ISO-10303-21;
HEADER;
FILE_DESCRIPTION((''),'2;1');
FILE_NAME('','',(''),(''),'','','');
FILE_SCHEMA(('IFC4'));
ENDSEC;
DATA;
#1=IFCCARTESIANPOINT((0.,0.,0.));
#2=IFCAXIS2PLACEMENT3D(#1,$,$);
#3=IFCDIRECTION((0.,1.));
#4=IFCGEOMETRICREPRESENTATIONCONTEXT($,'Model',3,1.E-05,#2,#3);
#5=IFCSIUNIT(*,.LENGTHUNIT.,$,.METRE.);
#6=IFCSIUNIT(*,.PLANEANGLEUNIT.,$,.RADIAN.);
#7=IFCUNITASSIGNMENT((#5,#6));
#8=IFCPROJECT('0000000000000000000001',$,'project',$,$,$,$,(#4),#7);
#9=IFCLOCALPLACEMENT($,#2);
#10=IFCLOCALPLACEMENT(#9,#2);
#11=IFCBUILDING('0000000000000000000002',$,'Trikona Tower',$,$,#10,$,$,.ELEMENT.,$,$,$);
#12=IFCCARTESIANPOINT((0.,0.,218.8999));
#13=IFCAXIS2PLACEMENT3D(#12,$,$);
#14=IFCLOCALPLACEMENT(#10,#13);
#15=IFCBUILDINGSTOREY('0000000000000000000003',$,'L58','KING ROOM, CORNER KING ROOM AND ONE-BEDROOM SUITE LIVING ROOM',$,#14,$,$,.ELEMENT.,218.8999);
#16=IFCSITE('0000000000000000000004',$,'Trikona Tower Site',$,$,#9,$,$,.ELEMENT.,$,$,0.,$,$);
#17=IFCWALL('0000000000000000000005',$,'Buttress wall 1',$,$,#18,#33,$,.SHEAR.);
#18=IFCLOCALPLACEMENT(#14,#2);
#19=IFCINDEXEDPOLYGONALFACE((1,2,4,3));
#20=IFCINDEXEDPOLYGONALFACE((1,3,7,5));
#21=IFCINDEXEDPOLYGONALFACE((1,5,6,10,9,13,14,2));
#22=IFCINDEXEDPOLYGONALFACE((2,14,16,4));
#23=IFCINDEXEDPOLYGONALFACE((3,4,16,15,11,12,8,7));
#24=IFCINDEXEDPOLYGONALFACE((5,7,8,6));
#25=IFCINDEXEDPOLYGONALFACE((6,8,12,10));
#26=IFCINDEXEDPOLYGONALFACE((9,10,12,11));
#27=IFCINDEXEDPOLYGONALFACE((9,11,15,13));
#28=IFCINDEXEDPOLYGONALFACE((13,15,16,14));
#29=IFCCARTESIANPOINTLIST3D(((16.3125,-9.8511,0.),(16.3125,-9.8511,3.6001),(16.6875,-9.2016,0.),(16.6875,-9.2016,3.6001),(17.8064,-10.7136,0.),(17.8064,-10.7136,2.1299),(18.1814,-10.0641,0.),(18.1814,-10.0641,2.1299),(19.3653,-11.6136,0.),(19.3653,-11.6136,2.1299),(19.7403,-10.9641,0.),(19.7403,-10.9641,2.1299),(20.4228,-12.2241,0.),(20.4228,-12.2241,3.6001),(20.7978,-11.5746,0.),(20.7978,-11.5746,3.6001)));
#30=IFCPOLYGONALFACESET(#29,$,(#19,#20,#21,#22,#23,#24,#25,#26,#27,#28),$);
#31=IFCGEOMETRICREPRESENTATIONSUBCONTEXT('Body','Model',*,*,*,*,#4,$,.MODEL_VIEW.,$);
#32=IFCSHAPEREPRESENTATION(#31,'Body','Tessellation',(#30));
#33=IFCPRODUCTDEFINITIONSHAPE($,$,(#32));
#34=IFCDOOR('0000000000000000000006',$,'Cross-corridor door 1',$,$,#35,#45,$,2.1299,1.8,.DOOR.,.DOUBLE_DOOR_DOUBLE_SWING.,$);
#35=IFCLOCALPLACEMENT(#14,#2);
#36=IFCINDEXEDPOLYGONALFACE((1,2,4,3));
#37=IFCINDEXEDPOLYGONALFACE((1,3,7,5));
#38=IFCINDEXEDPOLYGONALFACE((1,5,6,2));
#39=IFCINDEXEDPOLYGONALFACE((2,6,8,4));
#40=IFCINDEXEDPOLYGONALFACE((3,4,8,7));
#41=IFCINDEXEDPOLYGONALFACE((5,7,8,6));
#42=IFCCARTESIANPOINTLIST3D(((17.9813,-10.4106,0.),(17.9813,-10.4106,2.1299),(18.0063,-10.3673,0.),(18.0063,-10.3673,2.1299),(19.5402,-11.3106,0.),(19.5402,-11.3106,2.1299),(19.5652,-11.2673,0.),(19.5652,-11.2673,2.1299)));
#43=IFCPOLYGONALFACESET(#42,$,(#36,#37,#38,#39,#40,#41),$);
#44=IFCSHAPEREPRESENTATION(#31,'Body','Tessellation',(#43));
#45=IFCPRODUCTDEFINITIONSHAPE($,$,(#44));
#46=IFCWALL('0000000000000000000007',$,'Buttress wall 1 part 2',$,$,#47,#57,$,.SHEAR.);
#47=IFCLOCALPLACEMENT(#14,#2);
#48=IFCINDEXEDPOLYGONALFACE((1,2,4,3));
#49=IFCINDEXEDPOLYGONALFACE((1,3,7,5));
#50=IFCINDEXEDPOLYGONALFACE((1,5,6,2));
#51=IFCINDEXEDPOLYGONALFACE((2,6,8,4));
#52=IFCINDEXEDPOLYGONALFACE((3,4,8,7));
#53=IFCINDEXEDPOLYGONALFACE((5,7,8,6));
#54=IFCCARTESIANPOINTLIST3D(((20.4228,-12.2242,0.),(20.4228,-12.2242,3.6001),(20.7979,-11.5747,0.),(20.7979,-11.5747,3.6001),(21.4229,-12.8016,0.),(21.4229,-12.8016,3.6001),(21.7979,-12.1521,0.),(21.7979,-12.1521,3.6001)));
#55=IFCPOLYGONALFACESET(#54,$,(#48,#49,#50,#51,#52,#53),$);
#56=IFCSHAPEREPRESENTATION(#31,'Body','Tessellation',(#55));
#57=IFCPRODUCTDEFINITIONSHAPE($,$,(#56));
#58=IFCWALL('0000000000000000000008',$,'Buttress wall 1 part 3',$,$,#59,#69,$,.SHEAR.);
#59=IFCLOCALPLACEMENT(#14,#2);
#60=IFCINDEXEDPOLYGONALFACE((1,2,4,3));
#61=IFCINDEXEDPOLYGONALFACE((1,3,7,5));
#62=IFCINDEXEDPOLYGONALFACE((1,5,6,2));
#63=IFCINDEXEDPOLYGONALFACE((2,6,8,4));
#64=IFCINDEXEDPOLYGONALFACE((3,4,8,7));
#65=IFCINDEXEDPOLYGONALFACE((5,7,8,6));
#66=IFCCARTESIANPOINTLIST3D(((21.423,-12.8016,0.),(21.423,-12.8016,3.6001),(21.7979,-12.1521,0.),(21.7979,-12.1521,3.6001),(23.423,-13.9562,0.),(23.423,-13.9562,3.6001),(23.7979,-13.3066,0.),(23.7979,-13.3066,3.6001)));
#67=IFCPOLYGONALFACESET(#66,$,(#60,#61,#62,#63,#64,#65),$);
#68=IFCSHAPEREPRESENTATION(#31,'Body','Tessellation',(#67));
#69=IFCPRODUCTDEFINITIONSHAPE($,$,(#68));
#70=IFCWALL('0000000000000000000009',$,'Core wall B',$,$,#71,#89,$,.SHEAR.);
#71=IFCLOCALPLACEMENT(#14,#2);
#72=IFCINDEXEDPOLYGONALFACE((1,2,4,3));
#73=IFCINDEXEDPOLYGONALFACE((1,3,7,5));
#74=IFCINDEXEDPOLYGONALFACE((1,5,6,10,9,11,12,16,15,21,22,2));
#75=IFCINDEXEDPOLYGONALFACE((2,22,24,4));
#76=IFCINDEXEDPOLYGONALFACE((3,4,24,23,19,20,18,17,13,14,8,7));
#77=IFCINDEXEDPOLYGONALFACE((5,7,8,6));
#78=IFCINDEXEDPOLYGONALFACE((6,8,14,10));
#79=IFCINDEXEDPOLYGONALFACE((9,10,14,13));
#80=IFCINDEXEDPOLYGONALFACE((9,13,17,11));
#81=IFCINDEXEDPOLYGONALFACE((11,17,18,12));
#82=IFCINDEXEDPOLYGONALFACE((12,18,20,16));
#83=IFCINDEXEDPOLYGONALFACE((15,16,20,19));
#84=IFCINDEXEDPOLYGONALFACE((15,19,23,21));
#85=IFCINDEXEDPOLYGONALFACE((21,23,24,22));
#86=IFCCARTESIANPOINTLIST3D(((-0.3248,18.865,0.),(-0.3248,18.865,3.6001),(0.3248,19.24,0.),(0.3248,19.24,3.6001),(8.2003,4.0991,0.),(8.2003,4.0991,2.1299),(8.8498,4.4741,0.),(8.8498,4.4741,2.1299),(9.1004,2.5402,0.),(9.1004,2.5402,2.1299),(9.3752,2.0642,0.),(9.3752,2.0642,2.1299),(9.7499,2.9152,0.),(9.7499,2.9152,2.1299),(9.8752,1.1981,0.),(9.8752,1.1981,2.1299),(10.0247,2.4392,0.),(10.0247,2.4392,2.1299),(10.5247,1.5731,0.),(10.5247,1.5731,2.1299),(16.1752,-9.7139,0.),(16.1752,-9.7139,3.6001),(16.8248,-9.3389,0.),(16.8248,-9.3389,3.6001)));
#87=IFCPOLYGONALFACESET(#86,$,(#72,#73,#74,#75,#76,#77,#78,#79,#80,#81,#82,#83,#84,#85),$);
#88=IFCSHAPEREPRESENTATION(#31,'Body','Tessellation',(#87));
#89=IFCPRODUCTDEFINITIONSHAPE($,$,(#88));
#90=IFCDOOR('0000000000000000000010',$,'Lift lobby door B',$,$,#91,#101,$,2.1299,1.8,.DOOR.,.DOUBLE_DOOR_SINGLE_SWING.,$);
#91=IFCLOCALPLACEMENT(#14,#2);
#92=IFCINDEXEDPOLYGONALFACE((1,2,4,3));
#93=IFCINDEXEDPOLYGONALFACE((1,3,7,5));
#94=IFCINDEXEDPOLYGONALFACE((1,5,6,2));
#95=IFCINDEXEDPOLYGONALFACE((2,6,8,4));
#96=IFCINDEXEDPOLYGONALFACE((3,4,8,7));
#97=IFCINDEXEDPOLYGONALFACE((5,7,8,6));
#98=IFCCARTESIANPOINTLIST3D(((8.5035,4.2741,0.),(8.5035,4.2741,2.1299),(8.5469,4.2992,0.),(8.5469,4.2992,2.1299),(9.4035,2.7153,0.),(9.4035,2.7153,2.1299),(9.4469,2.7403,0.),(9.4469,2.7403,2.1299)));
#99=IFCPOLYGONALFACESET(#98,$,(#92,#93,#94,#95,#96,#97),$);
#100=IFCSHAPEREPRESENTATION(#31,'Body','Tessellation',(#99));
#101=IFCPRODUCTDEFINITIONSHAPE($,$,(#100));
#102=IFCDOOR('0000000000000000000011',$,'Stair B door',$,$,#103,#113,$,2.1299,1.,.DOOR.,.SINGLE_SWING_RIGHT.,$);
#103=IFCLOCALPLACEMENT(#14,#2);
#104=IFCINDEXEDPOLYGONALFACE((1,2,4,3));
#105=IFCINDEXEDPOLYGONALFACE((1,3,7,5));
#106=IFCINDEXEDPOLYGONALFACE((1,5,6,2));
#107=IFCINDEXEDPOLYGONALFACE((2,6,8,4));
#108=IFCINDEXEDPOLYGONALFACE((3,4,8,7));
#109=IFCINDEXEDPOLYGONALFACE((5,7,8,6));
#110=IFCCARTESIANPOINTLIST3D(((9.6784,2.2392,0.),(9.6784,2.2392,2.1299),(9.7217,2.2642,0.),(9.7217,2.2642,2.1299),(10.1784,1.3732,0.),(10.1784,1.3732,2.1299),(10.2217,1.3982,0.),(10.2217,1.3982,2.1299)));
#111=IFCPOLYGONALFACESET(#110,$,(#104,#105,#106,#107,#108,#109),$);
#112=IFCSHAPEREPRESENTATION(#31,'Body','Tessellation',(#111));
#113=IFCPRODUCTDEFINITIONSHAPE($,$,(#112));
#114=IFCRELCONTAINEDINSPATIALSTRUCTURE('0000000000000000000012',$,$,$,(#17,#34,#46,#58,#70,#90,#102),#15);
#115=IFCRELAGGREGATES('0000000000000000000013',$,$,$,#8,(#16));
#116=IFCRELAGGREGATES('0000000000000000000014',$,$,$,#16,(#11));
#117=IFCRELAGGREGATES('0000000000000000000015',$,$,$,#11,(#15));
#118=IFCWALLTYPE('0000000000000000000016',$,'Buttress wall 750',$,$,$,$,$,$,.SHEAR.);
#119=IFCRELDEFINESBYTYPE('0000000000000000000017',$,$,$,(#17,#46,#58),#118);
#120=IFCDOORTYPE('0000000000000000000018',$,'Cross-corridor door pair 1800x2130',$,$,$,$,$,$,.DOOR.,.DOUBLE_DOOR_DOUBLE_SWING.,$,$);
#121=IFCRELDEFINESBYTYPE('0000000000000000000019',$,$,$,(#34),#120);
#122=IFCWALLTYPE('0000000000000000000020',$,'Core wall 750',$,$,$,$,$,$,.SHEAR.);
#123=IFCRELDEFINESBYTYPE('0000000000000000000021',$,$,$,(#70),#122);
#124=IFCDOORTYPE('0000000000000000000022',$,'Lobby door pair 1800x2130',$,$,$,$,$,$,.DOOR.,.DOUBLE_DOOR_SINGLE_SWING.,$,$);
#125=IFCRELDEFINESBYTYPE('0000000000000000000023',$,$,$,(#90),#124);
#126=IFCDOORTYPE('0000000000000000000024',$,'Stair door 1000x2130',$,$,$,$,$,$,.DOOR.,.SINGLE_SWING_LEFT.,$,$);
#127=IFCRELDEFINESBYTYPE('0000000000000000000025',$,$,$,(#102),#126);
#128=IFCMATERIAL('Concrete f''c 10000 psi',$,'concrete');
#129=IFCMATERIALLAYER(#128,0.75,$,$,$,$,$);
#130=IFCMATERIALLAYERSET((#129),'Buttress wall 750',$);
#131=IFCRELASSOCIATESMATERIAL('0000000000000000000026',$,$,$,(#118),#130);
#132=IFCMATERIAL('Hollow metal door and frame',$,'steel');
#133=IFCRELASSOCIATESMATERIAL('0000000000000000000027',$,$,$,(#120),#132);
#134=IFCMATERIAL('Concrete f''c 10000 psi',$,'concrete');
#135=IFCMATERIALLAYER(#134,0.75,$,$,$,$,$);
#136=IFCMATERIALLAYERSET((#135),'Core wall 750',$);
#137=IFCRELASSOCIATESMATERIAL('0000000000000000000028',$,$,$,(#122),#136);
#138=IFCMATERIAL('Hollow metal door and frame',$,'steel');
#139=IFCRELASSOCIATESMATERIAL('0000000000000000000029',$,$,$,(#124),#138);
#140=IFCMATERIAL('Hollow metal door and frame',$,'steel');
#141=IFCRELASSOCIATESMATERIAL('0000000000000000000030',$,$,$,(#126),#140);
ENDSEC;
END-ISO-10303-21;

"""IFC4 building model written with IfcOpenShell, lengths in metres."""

from ifc_helpers import new_model, si_unit, direction, frame, frame_2d, origin, place, context, subcontext, project, spatial, rectangle, extrude, material, layer, layer_set, type_object, element, fill, save


model = new_model("IFC4")

# Units and contexts
model_context = context("Model", 3, precision=1e-05, world=origin(), true_north=direction((0.0, 1.0)))
body_context = subcontext(model_context, "Body", "Model", "MODEL_VIEW")
ifc_project = project(units=[si_unit("LENGTHUNIT", "METRE"), si_unit("PLANEANGLEUNIT", "RADIAN")], contexts=[model_context])

# Site, building, storey
site_placement = place(None, origin())
site = spatial("IfcSite", under=ifc_project, at=site_placement, Name="Trikona Tower Site", CompositionType="ELEMENT", RefElevation=0.0)
building_placement = place(site_placement, origin())
building = spatial("IfcBuilding", under=site, at=building_placement, Name="Trikona Tower", CompositionType="ELEMENT")
storey_placement = place(building_placement, frame((0.0, 0.0, 218.8999)))
storey = spatial("IfcBuildingStorey", under=building, at=storey_placement, Name="L58", Description="KING ROOM, CORNER KING ROOM AND ONE-BEDROOM SUITE LIVING ROOM", CompositionType="ELEMENT", Elevation=218.8999)

# Wall, opening, door
ifc_material_1 = material(Name="Concrete f'c 10000 psi", Category="concrete")
ifc_layer_1 = layer(ifc_material_1, 0.75)
ifc_layer_set_1 = layer_set([ifc_layer_1], Name="Buttress wall 750")
wall_type_1 = type_object("IfcWallType", Name="Buttress wall 750", PredefinedType="SHEAR", material=ifc_layer_set_1)
wall_1_placement = place(storey_placement, frame((16.5, -9.5264, 0.0), z_axis=(0.0, 0.0, 1.0), x_axis=(0.866031, -0.49999, 0.0)))
wall_1 = element("IfcWall", 1, at=wall_1_placement, inside=storey, type_object=wall_type_1, Name="Buttress wall 1", PredefinedType="SHEAR", context=body_context, shape_type="SweptSolid", body=[
    extrude(rectangle(XDim=4.7461, YDim=0.75, at=frame_2d((2.373, 0.0))), origin(), (0.0, 0.0, 1.0), 3.6001),
])
opening_1_placement = place(wall_1_placement, frame((1.7251, 0.0, 0.0)))
opening_1 = element("IfcOpeningElement", 2, at=opening_1_placement, cuts=wall_1, PredefinedType="OPENING", context=body_context, shape_type="SweptSolid", body=[
    extrude(rectangle(XDim=1.8, YDim=2.1299, at=frame_2d((0.8999, 1.0649))), frame((0.0, 0.385, 0.0), z_axis=(0.0, -1.0, 0.0), x_axis=(1.0, 0.0, 0.0)), (0.0, 0.0, 1.0), 0.77),
])
ifc_material_2 = material(Name="Hollow metal door and frame", Category="steel")
door_type_1 = type_object("IfcDoorType", Name="Cross-corridor door pair 1800x2130", OperationType="DOUBLE_DOOR_DOUBLE_SWING", PredefinedType="DOOR", material=ifc_material_2)
door_1_placement = place(opening_1_placement, origin())
door_1 = element("IfcDoor", 3, at=door_1_placement, inside=storey, type_object=door_type_1, Name="Cross-corridor door 1", OperationType="DOUBLE_DOOR_DOUBLE_SWING", OverallHeight=2.1299, OverallWidth=1.8, PredefinedType="DOOR", context=body_context, shape_type="SweptSolid", body=[
    extrude(rectangle(XDim=1.8, YDim=2.1299, at=frame_2d((0.8999, 1.0649))), frame((0.0, 0.0249, 0.0), z_axis=(0.0, -1.0, 0.0), x_axis=(1.0, 0.0, 0.0)), (0.0, 0.0, 1.0), 0.05),
])
fill(opening_1, door_1)

# Walls
wall_2_placement = place(storey_placement, frame((20.6104, -11.8994, 0.0), z_axis=(0.0, 0.0, 1.0), x_axis=(0.86601, -0.500027, 0.0)))
element("IfcWall", 4, at=wall_2_placement, inside=storey, type_object=wall_type_1, Name="Buttress wall 1 part 2", PredefinedType="SHEAR", context=body_context, shape_type="SweptSolid", body=[
    extrude(rectangle(XDim=1.1548, YDim=0.75, at=frame_2d((0.5774, 0.0))), origin(), (0.0, 0.0, 1.0), 3.6001),
])
wall_3_placement = place(storey_placement, frame((21.6104, -12.4768, 0.0), z_axis=(0.0, 0.0, 1.0), x_axis=(0.866055, -0.499948, 0.0)))
element("IfcWall", 5, at=wall_3_placement, inside=storey, type_object=wall_type_1, Name="Buttress wall 1 part 3", PredefinedType="SHEAR", context=body_context, shape_type="SweptSolid", body=[
    extrude(rectangle(XDim=2.3093, YDim=0.75, at=frame_2d((1.1548, 0.0))), origin(), (0.0, 0.0, 1.0), 3.6001),
])

# Wall, openings, doors
ifc_material_3 = material(Name="Concrete f'c 10000 psi", Category="concrete")
ifc_layer_2 = layer(ifc_material_3, 0.75)
ifc_layer_set_2 = layer_set([ifc_layer_2], Name="Core wall 750")
wall_type_2 = type_object("IfcWallType", Name="Core wall 750", PredefinedType="SHEAR", material=ifc_layer_set_2)
wall_4_placement = place(storey_placement, frame((16.5, -9.5264, 0.0), z_axis=(0.0, 0.0, 1.0), x_axis=(-0.5, 0.866026, 0.0)))
wall_4 = element("IfcWall", 6, at=wall_4_placement, inside=storey, type_object=wall_type_2, Name="Core wall B", PredefinedType="SHEAR", context=body_context, shape_type="SweptSolid", body=[
    extrude(rectangle(XDim=33.0, YDim=0.75, at=frame_2d((16.5, 0.0))), origin(), (0.0, 0.0, 1.0), 3.6001),
])
opening_2_placement = place(wall_4_placement, frame((14.1499, 0.0, 0.0)))
opening_2 = element("IfcOpeningElement", 7, at=opening_2_placement, cuts=wall_4, PredefinedType="OPENING", context=body_context, shape_type="SweptSolid", body=[
    extrude(rectangle(XDim=1.8, YDim=2.1299, at=frame_2d((0.8999, 1.0649))), frame((0.0, 0.385, 0.0), z_axis=(0.0, -1.0, 0.0), x_axis=(1.0, 0.0, 0.0)), (0.0, 0.0, 1.0), 0.77),
])
opening_3_placement = place(wall_4_placement, frame((12.6001, 0.0, 0.0)))
opening_3 = element("IfcOpeningElement", 8, at=opening_3_placement, cuts=wall_4, PredefinedType="OPENING", context=body_context, shape_type="SweptSolid", body=[
    extrude(rectangle(XDim=1.0, YDim=2.1299, at=frame_2d((0.5, 1.0649))), frame((0.0, 0.385, 0.0), z_axis=(0.0, -1.0, 0.0), x_axis=(1.0, 0.0, 0.0)), (0.0, 0.0, 1.0), 0.77),
])
ifc_material_4 = material(Name="Hollow metal door and frame", Category="steel")
door_type_2 = type_object("IfcDoorType", Name="Lobby door pair 1800x2130", OperationType="DOUBLE_DOOR_SINGLE_SWING", PredefinedType="DOOR", material=ifc_material_4)
door_2_placement = place(opening_2_placement, origin())
door_2 = element("IfcDoor", 9, at=door_2_placement, inside=storey, type_object=door_type_2, Name="Lift lobby door B", OperationType="DOUBLE_DOOR_SINGLE_SWING", OverallHeight=2.1299, OverallWidth=1.8, PredefinedType="DOOR", context=body_context, shape_type="SweptSolid", body=[
    extrude(rectangle(XDim=1.8, YDim=2.1299, at=frame_2d((0.8999, 1.0649))), frame((0.0, 0.0249, 0.0), z_axis=(0.0, -1.0, 0.0), x_axis=(1.0, 0.0, 0.0)), (0.0, 0.0, 1.0), 0.05),
])
fill(opening_2, door_2)
ifc_material_5 = material(Name="Hollow metal door and frame", Category="steel")
door_type_3 = type_object("IfcDoorType", Name="Stair door 1000x2130", OperationType="SINGLE_SWING_LEFT", PredefinedType="DOOR", material=ifc_material_5)
door_3_placement = place(opening_3_placement, origin())
door_3 = element("IfcDoor", 10, at=door_3_placement, inside=storey, type_object=door_type_3, Name="Stair B door", OperationType="SINGLE_SWING_RIGHT", OverallHeight=2.1299, OverallWidth=1.0, PredefinedType="DOOR", context=body_context, shape_type="SweptSolid", body=[
    extrude(rectangle(XDim=1.0, YDim=2.1299, at=frame_2d((0.5, 1.0649))), frame((0.0, 0.0249, 0.0), z_axis=(0.0, -1.0, 0.0), x_axis=(1.0, 0.0, 0.0)), (0.0, 0.0, 1.0), 0.05),
])
fill(opening_3, door_3)

save(model, "model.ifc")
